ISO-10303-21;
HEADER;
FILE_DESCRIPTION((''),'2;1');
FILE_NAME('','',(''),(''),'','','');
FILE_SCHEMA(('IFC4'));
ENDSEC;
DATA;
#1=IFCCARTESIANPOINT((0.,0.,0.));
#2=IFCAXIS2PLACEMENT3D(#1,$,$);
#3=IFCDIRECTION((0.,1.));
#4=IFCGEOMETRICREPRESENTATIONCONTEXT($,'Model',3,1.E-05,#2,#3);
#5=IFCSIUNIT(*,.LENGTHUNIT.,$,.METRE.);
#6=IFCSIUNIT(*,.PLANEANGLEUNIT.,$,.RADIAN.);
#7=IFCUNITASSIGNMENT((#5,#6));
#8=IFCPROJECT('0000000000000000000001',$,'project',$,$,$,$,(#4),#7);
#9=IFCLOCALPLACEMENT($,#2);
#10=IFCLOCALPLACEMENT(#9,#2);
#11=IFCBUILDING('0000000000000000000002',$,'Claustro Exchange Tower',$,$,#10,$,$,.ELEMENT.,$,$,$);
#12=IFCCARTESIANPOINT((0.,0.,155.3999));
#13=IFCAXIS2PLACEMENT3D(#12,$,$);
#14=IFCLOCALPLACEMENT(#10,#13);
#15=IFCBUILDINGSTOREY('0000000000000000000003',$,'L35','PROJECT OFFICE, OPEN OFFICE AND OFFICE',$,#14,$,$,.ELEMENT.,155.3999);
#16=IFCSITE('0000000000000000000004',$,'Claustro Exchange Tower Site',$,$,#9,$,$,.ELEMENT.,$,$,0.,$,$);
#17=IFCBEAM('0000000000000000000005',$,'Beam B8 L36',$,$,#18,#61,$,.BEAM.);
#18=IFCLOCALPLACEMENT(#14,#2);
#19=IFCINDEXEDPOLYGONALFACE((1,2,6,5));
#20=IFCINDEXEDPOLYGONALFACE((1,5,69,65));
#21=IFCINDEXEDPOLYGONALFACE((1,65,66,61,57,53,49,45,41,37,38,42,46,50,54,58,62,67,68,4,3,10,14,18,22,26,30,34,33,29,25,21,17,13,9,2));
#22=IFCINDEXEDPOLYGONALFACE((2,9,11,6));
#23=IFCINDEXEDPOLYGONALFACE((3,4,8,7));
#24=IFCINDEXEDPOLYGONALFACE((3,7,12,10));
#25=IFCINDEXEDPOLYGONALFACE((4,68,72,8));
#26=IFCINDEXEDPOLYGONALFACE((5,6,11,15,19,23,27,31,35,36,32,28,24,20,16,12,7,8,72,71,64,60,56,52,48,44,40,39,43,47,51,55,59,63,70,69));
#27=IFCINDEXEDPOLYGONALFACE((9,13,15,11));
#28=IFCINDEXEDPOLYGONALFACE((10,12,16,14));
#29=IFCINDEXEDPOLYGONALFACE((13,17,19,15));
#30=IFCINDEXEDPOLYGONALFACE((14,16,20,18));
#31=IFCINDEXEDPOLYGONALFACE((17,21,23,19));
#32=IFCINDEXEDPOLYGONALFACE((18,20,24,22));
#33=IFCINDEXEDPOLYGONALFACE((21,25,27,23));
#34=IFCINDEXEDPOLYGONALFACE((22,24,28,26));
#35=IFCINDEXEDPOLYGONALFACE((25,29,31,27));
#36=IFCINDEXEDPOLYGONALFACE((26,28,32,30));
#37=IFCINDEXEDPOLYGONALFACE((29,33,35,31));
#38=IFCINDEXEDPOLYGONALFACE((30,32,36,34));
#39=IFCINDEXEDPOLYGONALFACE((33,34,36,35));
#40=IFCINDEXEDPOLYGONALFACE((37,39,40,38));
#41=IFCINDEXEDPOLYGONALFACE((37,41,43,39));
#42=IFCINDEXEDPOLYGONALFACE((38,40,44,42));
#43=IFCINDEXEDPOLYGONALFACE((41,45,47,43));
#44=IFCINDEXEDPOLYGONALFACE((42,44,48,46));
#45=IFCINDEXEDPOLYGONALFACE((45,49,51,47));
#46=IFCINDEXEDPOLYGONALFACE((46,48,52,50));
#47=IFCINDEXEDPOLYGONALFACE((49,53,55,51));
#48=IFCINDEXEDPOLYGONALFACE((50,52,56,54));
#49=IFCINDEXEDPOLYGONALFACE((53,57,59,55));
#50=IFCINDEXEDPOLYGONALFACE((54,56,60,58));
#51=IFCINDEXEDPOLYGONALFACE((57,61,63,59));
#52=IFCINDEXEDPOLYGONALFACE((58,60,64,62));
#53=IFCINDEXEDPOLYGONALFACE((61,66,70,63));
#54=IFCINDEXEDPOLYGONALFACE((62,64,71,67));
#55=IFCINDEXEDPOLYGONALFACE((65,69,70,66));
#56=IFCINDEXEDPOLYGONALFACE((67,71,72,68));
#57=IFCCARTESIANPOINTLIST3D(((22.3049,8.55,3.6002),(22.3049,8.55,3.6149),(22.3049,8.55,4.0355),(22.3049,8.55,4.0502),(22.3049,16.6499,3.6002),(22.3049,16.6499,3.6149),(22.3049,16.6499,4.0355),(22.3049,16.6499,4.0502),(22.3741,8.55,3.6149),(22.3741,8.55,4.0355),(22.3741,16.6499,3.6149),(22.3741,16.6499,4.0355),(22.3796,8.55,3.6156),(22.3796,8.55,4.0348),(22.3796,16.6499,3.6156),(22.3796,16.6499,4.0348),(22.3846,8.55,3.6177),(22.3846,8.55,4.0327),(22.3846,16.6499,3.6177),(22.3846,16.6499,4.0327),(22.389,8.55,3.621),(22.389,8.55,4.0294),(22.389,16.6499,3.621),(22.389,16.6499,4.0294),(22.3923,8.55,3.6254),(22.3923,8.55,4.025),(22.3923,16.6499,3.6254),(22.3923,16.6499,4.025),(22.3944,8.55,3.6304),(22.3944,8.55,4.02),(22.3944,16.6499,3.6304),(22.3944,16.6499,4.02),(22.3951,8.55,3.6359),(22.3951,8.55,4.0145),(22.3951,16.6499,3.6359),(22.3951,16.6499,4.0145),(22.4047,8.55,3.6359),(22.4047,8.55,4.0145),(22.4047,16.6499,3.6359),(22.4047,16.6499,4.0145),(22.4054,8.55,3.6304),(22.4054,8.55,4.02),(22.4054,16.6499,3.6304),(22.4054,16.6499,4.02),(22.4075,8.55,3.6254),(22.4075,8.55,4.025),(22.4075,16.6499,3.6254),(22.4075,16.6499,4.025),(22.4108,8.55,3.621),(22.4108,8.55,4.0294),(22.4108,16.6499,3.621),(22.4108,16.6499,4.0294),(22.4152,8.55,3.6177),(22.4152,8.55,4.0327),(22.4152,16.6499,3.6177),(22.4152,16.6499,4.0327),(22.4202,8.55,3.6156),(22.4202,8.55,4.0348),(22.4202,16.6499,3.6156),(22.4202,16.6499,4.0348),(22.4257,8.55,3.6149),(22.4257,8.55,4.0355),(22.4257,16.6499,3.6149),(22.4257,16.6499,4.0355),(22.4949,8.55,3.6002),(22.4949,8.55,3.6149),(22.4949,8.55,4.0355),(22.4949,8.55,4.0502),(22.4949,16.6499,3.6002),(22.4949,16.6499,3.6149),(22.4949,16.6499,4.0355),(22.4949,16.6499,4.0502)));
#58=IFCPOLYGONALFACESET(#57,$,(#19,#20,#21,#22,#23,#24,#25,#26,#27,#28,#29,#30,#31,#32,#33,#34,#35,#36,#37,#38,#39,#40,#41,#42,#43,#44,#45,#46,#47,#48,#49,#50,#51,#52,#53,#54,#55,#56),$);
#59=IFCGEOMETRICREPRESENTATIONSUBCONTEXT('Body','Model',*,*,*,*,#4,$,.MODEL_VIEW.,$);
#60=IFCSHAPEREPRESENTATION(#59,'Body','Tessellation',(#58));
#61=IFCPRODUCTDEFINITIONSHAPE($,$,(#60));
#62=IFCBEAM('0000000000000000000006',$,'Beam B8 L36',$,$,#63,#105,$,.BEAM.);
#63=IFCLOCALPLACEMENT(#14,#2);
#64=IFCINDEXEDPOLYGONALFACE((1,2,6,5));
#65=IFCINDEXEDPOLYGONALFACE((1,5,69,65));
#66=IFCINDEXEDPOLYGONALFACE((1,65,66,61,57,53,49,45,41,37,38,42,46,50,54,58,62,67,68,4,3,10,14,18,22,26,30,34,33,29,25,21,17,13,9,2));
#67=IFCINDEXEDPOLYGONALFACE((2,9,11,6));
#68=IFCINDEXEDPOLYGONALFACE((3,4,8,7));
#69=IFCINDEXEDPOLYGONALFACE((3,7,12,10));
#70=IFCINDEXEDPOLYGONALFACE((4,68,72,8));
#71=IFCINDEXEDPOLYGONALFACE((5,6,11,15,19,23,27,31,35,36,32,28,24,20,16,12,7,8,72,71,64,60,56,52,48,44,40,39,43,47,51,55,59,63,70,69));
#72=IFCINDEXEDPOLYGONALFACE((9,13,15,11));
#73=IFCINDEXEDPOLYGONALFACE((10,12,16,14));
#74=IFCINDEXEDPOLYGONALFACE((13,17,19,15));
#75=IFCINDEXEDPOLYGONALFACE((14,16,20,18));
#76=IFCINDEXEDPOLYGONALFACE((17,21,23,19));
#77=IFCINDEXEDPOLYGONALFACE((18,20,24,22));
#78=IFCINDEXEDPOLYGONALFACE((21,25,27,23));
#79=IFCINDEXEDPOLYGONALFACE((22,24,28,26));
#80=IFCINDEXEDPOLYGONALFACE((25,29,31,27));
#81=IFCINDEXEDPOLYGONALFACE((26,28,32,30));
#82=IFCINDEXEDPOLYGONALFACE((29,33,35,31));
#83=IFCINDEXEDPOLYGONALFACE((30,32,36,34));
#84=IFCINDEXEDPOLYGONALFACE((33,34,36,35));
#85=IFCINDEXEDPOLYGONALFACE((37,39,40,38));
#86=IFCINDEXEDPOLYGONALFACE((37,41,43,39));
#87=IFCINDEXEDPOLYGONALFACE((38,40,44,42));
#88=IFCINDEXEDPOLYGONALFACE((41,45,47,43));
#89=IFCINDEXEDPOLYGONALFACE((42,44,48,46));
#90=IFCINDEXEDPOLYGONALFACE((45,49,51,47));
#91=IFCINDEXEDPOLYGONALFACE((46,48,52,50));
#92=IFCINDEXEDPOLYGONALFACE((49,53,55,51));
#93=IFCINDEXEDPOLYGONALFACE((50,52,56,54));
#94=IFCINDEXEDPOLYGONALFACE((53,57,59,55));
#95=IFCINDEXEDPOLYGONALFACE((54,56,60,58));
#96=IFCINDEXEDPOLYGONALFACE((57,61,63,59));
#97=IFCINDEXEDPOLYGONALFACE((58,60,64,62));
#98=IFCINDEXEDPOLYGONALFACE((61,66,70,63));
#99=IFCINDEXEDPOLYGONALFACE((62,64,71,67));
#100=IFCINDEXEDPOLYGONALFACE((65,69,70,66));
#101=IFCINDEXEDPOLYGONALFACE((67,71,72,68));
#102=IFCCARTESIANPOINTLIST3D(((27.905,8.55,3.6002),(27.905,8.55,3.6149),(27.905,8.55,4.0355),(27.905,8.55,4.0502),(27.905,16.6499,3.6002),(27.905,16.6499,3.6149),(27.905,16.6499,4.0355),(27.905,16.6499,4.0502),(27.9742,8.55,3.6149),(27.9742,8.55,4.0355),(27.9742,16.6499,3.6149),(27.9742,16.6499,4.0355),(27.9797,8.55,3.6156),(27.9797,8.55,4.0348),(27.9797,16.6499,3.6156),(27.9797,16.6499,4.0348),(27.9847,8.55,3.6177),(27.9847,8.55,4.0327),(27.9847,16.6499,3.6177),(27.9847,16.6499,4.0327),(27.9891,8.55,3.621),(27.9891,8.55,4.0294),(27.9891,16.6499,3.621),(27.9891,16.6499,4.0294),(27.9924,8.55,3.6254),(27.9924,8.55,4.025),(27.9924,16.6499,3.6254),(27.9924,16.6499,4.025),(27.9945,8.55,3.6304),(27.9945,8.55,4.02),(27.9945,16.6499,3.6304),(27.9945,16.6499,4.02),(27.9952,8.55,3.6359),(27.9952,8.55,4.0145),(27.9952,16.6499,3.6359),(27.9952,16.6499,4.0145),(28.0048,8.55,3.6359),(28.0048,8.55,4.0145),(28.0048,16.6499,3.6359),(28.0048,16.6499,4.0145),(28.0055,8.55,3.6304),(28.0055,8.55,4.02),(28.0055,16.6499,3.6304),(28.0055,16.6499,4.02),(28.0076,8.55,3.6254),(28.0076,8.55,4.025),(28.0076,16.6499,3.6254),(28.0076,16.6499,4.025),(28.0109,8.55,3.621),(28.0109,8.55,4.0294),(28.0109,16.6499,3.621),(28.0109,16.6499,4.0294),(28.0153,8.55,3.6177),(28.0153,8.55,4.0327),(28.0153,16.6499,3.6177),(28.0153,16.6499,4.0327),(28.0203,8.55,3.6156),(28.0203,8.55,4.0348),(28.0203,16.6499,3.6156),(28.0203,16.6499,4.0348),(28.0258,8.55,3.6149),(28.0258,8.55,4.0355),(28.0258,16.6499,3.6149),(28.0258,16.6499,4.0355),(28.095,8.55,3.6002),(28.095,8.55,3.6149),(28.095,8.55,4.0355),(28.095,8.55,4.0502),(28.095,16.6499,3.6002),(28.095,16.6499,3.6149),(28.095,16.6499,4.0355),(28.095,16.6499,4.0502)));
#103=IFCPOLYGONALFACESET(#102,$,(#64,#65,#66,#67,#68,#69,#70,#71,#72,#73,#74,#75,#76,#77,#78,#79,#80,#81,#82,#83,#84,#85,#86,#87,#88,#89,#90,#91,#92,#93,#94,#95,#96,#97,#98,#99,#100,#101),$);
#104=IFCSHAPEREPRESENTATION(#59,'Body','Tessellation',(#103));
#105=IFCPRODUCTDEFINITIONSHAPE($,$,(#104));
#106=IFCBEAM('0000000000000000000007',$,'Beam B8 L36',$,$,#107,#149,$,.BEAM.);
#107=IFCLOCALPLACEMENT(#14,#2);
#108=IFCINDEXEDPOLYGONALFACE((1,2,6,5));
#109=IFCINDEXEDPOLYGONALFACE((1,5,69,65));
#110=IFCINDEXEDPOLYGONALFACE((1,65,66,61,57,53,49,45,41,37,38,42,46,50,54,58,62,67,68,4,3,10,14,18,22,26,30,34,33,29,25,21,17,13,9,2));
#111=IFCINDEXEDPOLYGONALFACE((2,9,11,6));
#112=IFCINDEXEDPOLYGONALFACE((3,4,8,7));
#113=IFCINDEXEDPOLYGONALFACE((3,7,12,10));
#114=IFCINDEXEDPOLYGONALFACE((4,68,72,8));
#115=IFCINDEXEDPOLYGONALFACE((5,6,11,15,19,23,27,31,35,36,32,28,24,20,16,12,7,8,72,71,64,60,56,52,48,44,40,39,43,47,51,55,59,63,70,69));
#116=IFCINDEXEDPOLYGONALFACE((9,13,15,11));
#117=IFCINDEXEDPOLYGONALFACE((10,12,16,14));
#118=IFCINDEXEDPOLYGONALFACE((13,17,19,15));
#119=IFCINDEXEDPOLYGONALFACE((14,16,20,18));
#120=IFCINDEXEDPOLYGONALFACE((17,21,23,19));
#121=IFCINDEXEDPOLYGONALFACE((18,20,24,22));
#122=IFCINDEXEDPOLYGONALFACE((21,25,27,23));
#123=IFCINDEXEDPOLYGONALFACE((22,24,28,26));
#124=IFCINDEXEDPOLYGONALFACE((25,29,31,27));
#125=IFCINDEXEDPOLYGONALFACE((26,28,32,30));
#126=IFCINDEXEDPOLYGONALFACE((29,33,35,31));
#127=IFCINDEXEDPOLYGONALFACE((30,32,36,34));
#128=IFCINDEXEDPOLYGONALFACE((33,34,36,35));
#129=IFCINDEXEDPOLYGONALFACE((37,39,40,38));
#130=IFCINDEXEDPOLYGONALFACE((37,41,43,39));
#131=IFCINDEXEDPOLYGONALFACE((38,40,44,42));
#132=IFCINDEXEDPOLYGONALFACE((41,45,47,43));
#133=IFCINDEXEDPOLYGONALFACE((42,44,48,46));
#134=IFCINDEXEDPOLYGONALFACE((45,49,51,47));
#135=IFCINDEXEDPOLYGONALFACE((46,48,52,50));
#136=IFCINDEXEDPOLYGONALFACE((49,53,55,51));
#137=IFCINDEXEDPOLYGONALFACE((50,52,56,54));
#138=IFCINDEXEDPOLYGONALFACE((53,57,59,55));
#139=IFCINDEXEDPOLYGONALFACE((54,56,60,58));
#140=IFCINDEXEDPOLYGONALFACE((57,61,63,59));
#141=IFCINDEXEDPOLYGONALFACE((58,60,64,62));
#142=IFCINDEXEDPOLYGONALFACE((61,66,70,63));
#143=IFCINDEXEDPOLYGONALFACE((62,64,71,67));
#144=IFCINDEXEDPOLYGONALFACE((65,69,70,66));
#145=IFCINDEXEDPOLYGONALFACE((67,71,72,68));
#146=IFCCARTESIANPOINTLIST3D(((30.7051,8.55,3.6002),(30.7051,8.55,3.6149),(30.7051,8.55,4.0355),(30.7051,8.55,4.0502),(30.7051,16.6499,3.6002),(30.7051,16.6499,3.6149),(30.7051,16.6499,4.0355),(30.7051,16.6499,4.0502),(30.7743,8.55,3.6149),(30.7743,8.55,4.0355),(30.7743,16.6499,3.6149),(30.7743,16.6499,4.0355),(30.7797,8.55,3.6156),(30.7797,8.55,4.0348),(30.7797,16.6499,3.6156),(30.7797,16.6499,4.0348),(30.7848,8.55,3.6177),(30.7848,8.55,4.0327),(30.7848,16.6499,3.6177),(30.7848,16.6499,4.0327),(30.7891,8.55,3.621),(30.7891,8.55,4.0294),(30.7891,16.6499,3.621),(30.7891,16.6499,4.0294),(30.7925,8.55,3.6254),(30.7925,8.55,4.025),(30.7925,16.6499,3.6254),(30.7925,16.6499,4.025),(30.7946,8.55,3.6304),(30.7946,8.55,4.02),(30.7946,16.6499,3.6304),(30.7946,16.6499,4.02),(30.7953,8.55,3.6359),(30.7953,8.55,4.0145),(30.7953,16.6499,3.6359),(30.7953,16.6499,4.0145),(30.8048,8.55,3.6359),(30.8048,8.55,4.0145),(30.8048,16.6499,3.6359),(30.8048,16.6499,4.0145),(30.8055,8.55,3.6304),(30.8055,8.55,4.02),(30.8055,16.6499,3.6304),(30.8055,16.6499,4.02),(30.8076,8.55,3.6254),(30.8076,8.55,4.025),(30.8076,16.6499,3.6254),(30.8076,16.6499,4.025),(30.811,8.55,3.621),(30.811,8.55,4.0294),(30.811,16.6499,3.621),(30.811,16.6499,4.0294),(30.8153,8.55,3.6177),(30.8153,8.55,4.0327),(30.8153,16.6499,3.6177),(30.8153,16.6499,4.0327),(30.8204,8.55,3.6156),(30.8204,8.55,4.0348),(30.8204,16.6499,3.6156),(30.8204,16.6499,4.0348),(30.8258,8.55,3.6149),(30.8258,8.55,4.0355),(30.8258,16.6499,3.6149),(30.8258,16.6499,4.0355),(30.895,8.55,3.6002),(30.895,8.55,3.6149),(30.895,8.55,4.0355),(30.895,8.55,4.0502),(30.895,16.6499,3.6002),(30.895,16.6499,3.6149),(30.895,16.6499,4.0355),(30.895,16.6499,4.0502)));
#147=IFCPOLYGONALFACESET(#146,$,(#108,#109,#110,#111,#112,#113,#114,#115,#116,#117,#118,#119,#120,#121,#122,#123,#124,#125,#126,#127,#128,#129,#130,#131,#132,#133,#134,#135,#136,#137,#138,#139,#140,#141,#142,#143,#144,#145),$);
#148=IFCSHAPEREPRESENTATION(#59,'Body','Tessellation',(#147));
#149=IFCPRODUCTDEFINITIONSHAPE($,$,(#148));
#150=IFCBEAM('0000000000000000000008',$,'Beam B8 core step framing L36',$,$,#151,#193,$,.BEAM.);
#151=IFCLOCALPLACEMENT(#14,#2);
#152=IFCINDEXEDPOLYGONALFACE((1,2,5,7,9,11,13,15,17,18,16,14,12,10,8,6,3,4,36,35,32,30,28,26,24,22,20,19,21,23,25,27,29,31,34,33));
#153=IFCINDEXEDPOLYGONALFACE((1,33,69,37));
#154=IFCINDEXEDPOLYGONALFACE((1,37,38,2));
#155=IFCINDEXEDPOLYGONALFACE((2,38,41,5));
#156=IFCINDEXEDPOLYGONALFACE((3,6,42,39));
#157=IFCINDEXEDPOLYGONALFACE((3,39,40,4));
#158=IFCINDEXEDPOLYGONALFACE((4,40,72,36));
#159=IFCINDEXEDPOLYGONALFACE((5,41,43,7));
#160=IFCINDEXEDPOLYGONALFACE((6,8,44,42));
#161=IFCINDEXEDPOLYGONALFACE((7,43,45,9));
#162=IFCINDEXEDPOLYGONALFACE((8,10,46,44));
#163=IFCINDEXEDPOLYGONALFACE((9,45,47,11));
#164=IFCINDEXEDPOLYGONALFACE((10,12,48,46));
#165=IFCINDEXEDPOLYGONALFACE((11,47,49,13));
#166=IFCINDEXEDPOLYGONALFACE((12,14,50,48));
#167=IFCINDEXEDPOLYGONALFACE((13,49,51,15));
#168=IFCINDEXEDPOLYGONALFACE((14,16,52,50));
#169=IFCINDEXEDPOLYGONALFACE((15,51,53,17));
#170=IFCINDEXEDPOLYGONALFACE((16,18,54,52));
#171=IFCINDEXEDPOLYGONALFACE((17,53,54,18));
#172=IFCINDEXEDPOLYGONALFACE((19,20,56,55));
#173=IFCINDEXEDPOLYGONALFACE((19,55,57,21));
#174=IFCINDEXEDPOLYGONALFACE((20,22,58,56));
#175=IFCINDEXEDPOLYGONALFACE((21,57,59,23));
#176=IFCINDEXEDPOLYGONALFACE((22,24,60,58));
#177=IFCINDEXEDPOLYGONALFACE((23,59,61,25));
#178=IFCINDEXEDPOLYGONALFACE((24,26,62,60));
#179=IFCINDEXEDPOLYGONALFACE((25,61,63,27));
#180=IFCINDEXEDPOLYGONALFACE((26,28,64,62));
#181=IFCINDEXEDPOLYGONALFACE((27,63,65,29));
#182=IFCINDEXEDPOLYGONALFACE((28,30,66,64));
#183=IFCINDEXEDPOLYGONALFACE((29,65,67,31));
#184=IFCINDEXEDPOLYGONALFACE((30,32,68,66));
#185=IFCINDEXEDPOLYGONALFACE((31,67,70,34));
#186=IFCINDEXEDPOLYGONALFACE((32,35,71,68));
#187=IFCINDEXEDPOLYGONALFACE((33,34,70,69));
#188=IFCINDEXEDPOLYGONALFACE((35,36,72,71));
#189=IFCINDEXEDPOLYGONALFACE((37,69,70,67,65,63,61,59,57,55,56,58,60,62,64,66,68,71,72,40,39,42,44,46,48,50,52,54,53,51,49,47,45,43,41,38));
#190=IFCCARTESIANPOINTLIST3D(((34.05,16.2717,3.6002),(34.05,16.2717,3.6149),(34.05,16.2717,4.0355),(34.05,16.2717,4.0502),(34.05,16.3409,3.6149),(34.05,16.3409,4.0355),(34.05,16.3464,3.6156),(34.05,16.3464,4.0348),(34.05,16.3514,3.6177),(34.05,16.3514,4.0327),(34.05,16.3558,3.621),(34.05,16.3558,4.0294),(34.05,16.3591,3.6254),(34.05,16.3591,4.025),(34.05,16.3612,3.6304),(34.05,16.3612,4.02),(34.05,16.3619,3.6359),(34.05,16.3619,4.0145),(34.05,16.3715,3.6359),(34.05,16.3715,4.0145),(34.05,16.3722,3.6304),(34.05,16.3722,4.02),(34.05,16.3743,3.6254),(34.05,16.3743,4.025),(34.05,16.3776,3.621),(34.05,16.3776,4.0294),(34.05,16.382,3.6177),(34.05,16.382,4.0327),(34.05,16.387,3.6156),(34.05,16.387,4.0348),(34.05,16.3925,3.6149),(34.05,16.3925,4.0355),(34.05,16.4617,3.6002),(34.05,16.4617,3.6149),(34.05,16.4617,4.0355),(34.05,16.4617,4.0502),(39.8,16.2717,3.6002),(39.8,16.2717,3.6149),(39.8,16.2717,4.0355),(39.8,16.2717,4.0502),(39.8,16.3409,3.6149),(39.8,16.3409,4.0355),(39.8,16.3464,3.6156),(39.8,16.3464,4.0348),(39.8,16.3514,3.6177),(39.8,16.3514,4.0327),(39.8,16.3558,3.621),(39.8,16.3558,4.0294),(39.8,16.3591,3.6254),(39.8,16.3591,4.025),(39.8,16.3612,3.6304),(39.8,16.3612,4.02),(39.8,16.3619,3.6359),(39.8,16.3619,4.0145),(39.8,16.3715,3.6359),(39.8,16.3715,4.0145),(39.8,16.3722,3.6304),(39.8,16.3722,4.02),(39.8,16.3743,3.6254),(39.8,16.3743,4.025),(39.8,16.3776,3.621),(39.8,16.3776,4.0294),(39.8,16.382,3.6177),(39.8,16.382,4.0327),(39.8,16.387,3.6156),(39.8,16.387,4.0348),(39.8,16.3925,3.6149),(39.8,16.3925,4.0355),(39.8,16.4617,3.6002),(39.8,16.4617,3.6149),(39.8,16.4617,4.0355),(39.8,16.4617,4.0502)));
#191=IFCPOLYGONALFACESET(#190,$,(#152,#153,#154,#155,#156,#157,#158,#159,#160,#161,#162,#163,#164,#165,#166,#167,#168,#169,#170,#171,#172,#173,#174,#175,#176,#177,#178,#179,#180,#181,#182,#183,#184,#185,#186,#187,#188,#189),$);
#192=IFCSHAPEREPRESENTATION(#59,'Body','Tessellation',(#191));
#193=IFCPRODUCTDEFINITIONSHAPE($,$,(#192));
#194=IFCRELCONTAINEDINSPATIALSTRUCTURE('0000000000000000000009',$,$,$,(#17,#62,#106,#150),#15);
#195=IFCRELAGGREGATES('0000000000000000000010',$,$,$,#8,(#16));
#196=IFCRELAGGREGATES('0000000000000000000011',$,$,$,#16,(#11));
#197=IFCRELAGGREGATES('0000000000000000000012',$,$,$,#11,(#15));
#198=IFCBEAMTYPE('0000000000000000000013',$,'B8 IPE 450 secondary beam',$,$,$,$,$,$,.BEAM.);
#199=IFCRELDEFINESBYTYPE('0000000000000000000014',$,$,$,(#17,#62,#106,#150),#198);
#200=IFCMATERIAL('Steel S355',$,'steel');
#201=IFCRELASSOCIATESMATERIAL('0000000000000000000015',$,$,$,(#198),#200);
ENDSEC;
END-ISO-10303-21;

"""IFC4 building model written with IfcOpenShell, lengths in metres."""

from ifc_helpers import new_model, si_unit, direction, frame, origin, origin_2d, place, context, subcontext, project, spatial, i_section, extrude, material, material_profile, profile_set, type_object, element, save


model = new_model("IFC4")

# Units and contexts
model_context = context("Model", 3, precision=1e-05, world=origin(), true_north=direction((0.0, 1.0)))
body_context = subcontext(model_context, "Body", "Model", "MODEL_VIEW")
ifc_project = project(units=[si_unit("LENGTHUNIT", "METRE"), si_unit("PLANEANGLEUNIT", "RADIAN")], contexts=[model_context])

# Site, building, storey
site_placement = place(None, origin())
site = spatial("IfcSite", under=ifc_project, at=site_placement, Name="Claustro Exchange Tower Site", CompositionType="ELEMENT", RefElevation=0.0)
building_placement = place(site_placement, origin())
building = spatial("IfcBuilding", under=site, at=building_placement, Name="Claustro Exchange Tower", CompositionType="ELEMENT")
storey_placement = place(building_placement, frame((0.0, 0.0, 155.3999)))
storey = spatial("IfcBuildingStorey", under=building, at=storey_placement, Name="L35", Description="PROJECT OFFICE, OPEN OFFICE AND OFFICE", CompositionType="ELEMENT", Elevation=155.3999)

# Beams
ifc_material_1 = material(Name="Steel S355", Category="steel")
ifc_material_profile_1 = material_profile(ifc_material_1, i_section(OverallWidth=0.1899, OverallDepth=0.45, WebThickness=0.0095, FlangeThickness=0.0146, FilletRadius=0.021, at=origin_2d()), Name="IPE 450")
ifc_profile_set_1 = profile_set([ifc_material_profile_1], Name="Steel S355")
beam_type_1 = type_object("IfcBeamType", Name="B8 IPE 450 secondary beam", PredefinedType="BEAM", material=ifc_profile_set_1)
for number, where, z_axis, x_axis, name in (
    (1, (22.3999, 8.55, 3.8252), (0.0, 1.0, 0.0), (-1.0, 0.0, 0.0), "Beam B8 L36"),
    (2, (28.0, 8.55, 3.8252), (0.0, 1.0, 0.0), (-1.0, 0.0, 0.0), "Beam B8 L36"),
    (3, (30.8, 8.55, 3.8252), (0.0, 1.0, 0.0), (-1.0, 0.0, 0.0), "Beam B8 L36"),
):
    element("IfcBeam", number, at=place(storey_placement, frame(where, z_axis=z_axis, x_axis=x_axis)), inside=storey, type_object=beam_type_1, Name=name, PredefinedType="BEAM", context=body_context, shape_type="SweptSolid", body=[
        extrude(i_section(OverallWidth=0.1899, OverallDepth=0.45, WebThickness=0.0095, FlangeThickness=0.0146, FilletRadius=0.021, at=origin_2d()), origin(), (0.0, 0.0, 1.0), 8.0999),
    ])
for number, where, z_axis, x_axis, name in (
    (4, (34.05, 16.3667, 3.8252), (1.0, 0.0, 0.0), (0.0, 1.0, 0.0), "Beam B8 core step framing L36"),
):
    element("IfcBeam", number, at=place(storey_placement, frame(where, z_axis=z_axis, x_axis=x_axis)), inside=storey, type_object=beam_type_1, Name=name, PredefinedType="BEAM", context=body_context, shape_type="SweptSolid", body=[
        extrude(i_section(OverallWidth=0.1899, OverallDepth=0.45, WebThickness=0.0095, FlangeThickness=0.0146, FilletRadius=0.021, at=origin_2d()), origin(), (0.0, 0.0, 1.0), 5.75),
    ])

save(model, "model.ifc")
